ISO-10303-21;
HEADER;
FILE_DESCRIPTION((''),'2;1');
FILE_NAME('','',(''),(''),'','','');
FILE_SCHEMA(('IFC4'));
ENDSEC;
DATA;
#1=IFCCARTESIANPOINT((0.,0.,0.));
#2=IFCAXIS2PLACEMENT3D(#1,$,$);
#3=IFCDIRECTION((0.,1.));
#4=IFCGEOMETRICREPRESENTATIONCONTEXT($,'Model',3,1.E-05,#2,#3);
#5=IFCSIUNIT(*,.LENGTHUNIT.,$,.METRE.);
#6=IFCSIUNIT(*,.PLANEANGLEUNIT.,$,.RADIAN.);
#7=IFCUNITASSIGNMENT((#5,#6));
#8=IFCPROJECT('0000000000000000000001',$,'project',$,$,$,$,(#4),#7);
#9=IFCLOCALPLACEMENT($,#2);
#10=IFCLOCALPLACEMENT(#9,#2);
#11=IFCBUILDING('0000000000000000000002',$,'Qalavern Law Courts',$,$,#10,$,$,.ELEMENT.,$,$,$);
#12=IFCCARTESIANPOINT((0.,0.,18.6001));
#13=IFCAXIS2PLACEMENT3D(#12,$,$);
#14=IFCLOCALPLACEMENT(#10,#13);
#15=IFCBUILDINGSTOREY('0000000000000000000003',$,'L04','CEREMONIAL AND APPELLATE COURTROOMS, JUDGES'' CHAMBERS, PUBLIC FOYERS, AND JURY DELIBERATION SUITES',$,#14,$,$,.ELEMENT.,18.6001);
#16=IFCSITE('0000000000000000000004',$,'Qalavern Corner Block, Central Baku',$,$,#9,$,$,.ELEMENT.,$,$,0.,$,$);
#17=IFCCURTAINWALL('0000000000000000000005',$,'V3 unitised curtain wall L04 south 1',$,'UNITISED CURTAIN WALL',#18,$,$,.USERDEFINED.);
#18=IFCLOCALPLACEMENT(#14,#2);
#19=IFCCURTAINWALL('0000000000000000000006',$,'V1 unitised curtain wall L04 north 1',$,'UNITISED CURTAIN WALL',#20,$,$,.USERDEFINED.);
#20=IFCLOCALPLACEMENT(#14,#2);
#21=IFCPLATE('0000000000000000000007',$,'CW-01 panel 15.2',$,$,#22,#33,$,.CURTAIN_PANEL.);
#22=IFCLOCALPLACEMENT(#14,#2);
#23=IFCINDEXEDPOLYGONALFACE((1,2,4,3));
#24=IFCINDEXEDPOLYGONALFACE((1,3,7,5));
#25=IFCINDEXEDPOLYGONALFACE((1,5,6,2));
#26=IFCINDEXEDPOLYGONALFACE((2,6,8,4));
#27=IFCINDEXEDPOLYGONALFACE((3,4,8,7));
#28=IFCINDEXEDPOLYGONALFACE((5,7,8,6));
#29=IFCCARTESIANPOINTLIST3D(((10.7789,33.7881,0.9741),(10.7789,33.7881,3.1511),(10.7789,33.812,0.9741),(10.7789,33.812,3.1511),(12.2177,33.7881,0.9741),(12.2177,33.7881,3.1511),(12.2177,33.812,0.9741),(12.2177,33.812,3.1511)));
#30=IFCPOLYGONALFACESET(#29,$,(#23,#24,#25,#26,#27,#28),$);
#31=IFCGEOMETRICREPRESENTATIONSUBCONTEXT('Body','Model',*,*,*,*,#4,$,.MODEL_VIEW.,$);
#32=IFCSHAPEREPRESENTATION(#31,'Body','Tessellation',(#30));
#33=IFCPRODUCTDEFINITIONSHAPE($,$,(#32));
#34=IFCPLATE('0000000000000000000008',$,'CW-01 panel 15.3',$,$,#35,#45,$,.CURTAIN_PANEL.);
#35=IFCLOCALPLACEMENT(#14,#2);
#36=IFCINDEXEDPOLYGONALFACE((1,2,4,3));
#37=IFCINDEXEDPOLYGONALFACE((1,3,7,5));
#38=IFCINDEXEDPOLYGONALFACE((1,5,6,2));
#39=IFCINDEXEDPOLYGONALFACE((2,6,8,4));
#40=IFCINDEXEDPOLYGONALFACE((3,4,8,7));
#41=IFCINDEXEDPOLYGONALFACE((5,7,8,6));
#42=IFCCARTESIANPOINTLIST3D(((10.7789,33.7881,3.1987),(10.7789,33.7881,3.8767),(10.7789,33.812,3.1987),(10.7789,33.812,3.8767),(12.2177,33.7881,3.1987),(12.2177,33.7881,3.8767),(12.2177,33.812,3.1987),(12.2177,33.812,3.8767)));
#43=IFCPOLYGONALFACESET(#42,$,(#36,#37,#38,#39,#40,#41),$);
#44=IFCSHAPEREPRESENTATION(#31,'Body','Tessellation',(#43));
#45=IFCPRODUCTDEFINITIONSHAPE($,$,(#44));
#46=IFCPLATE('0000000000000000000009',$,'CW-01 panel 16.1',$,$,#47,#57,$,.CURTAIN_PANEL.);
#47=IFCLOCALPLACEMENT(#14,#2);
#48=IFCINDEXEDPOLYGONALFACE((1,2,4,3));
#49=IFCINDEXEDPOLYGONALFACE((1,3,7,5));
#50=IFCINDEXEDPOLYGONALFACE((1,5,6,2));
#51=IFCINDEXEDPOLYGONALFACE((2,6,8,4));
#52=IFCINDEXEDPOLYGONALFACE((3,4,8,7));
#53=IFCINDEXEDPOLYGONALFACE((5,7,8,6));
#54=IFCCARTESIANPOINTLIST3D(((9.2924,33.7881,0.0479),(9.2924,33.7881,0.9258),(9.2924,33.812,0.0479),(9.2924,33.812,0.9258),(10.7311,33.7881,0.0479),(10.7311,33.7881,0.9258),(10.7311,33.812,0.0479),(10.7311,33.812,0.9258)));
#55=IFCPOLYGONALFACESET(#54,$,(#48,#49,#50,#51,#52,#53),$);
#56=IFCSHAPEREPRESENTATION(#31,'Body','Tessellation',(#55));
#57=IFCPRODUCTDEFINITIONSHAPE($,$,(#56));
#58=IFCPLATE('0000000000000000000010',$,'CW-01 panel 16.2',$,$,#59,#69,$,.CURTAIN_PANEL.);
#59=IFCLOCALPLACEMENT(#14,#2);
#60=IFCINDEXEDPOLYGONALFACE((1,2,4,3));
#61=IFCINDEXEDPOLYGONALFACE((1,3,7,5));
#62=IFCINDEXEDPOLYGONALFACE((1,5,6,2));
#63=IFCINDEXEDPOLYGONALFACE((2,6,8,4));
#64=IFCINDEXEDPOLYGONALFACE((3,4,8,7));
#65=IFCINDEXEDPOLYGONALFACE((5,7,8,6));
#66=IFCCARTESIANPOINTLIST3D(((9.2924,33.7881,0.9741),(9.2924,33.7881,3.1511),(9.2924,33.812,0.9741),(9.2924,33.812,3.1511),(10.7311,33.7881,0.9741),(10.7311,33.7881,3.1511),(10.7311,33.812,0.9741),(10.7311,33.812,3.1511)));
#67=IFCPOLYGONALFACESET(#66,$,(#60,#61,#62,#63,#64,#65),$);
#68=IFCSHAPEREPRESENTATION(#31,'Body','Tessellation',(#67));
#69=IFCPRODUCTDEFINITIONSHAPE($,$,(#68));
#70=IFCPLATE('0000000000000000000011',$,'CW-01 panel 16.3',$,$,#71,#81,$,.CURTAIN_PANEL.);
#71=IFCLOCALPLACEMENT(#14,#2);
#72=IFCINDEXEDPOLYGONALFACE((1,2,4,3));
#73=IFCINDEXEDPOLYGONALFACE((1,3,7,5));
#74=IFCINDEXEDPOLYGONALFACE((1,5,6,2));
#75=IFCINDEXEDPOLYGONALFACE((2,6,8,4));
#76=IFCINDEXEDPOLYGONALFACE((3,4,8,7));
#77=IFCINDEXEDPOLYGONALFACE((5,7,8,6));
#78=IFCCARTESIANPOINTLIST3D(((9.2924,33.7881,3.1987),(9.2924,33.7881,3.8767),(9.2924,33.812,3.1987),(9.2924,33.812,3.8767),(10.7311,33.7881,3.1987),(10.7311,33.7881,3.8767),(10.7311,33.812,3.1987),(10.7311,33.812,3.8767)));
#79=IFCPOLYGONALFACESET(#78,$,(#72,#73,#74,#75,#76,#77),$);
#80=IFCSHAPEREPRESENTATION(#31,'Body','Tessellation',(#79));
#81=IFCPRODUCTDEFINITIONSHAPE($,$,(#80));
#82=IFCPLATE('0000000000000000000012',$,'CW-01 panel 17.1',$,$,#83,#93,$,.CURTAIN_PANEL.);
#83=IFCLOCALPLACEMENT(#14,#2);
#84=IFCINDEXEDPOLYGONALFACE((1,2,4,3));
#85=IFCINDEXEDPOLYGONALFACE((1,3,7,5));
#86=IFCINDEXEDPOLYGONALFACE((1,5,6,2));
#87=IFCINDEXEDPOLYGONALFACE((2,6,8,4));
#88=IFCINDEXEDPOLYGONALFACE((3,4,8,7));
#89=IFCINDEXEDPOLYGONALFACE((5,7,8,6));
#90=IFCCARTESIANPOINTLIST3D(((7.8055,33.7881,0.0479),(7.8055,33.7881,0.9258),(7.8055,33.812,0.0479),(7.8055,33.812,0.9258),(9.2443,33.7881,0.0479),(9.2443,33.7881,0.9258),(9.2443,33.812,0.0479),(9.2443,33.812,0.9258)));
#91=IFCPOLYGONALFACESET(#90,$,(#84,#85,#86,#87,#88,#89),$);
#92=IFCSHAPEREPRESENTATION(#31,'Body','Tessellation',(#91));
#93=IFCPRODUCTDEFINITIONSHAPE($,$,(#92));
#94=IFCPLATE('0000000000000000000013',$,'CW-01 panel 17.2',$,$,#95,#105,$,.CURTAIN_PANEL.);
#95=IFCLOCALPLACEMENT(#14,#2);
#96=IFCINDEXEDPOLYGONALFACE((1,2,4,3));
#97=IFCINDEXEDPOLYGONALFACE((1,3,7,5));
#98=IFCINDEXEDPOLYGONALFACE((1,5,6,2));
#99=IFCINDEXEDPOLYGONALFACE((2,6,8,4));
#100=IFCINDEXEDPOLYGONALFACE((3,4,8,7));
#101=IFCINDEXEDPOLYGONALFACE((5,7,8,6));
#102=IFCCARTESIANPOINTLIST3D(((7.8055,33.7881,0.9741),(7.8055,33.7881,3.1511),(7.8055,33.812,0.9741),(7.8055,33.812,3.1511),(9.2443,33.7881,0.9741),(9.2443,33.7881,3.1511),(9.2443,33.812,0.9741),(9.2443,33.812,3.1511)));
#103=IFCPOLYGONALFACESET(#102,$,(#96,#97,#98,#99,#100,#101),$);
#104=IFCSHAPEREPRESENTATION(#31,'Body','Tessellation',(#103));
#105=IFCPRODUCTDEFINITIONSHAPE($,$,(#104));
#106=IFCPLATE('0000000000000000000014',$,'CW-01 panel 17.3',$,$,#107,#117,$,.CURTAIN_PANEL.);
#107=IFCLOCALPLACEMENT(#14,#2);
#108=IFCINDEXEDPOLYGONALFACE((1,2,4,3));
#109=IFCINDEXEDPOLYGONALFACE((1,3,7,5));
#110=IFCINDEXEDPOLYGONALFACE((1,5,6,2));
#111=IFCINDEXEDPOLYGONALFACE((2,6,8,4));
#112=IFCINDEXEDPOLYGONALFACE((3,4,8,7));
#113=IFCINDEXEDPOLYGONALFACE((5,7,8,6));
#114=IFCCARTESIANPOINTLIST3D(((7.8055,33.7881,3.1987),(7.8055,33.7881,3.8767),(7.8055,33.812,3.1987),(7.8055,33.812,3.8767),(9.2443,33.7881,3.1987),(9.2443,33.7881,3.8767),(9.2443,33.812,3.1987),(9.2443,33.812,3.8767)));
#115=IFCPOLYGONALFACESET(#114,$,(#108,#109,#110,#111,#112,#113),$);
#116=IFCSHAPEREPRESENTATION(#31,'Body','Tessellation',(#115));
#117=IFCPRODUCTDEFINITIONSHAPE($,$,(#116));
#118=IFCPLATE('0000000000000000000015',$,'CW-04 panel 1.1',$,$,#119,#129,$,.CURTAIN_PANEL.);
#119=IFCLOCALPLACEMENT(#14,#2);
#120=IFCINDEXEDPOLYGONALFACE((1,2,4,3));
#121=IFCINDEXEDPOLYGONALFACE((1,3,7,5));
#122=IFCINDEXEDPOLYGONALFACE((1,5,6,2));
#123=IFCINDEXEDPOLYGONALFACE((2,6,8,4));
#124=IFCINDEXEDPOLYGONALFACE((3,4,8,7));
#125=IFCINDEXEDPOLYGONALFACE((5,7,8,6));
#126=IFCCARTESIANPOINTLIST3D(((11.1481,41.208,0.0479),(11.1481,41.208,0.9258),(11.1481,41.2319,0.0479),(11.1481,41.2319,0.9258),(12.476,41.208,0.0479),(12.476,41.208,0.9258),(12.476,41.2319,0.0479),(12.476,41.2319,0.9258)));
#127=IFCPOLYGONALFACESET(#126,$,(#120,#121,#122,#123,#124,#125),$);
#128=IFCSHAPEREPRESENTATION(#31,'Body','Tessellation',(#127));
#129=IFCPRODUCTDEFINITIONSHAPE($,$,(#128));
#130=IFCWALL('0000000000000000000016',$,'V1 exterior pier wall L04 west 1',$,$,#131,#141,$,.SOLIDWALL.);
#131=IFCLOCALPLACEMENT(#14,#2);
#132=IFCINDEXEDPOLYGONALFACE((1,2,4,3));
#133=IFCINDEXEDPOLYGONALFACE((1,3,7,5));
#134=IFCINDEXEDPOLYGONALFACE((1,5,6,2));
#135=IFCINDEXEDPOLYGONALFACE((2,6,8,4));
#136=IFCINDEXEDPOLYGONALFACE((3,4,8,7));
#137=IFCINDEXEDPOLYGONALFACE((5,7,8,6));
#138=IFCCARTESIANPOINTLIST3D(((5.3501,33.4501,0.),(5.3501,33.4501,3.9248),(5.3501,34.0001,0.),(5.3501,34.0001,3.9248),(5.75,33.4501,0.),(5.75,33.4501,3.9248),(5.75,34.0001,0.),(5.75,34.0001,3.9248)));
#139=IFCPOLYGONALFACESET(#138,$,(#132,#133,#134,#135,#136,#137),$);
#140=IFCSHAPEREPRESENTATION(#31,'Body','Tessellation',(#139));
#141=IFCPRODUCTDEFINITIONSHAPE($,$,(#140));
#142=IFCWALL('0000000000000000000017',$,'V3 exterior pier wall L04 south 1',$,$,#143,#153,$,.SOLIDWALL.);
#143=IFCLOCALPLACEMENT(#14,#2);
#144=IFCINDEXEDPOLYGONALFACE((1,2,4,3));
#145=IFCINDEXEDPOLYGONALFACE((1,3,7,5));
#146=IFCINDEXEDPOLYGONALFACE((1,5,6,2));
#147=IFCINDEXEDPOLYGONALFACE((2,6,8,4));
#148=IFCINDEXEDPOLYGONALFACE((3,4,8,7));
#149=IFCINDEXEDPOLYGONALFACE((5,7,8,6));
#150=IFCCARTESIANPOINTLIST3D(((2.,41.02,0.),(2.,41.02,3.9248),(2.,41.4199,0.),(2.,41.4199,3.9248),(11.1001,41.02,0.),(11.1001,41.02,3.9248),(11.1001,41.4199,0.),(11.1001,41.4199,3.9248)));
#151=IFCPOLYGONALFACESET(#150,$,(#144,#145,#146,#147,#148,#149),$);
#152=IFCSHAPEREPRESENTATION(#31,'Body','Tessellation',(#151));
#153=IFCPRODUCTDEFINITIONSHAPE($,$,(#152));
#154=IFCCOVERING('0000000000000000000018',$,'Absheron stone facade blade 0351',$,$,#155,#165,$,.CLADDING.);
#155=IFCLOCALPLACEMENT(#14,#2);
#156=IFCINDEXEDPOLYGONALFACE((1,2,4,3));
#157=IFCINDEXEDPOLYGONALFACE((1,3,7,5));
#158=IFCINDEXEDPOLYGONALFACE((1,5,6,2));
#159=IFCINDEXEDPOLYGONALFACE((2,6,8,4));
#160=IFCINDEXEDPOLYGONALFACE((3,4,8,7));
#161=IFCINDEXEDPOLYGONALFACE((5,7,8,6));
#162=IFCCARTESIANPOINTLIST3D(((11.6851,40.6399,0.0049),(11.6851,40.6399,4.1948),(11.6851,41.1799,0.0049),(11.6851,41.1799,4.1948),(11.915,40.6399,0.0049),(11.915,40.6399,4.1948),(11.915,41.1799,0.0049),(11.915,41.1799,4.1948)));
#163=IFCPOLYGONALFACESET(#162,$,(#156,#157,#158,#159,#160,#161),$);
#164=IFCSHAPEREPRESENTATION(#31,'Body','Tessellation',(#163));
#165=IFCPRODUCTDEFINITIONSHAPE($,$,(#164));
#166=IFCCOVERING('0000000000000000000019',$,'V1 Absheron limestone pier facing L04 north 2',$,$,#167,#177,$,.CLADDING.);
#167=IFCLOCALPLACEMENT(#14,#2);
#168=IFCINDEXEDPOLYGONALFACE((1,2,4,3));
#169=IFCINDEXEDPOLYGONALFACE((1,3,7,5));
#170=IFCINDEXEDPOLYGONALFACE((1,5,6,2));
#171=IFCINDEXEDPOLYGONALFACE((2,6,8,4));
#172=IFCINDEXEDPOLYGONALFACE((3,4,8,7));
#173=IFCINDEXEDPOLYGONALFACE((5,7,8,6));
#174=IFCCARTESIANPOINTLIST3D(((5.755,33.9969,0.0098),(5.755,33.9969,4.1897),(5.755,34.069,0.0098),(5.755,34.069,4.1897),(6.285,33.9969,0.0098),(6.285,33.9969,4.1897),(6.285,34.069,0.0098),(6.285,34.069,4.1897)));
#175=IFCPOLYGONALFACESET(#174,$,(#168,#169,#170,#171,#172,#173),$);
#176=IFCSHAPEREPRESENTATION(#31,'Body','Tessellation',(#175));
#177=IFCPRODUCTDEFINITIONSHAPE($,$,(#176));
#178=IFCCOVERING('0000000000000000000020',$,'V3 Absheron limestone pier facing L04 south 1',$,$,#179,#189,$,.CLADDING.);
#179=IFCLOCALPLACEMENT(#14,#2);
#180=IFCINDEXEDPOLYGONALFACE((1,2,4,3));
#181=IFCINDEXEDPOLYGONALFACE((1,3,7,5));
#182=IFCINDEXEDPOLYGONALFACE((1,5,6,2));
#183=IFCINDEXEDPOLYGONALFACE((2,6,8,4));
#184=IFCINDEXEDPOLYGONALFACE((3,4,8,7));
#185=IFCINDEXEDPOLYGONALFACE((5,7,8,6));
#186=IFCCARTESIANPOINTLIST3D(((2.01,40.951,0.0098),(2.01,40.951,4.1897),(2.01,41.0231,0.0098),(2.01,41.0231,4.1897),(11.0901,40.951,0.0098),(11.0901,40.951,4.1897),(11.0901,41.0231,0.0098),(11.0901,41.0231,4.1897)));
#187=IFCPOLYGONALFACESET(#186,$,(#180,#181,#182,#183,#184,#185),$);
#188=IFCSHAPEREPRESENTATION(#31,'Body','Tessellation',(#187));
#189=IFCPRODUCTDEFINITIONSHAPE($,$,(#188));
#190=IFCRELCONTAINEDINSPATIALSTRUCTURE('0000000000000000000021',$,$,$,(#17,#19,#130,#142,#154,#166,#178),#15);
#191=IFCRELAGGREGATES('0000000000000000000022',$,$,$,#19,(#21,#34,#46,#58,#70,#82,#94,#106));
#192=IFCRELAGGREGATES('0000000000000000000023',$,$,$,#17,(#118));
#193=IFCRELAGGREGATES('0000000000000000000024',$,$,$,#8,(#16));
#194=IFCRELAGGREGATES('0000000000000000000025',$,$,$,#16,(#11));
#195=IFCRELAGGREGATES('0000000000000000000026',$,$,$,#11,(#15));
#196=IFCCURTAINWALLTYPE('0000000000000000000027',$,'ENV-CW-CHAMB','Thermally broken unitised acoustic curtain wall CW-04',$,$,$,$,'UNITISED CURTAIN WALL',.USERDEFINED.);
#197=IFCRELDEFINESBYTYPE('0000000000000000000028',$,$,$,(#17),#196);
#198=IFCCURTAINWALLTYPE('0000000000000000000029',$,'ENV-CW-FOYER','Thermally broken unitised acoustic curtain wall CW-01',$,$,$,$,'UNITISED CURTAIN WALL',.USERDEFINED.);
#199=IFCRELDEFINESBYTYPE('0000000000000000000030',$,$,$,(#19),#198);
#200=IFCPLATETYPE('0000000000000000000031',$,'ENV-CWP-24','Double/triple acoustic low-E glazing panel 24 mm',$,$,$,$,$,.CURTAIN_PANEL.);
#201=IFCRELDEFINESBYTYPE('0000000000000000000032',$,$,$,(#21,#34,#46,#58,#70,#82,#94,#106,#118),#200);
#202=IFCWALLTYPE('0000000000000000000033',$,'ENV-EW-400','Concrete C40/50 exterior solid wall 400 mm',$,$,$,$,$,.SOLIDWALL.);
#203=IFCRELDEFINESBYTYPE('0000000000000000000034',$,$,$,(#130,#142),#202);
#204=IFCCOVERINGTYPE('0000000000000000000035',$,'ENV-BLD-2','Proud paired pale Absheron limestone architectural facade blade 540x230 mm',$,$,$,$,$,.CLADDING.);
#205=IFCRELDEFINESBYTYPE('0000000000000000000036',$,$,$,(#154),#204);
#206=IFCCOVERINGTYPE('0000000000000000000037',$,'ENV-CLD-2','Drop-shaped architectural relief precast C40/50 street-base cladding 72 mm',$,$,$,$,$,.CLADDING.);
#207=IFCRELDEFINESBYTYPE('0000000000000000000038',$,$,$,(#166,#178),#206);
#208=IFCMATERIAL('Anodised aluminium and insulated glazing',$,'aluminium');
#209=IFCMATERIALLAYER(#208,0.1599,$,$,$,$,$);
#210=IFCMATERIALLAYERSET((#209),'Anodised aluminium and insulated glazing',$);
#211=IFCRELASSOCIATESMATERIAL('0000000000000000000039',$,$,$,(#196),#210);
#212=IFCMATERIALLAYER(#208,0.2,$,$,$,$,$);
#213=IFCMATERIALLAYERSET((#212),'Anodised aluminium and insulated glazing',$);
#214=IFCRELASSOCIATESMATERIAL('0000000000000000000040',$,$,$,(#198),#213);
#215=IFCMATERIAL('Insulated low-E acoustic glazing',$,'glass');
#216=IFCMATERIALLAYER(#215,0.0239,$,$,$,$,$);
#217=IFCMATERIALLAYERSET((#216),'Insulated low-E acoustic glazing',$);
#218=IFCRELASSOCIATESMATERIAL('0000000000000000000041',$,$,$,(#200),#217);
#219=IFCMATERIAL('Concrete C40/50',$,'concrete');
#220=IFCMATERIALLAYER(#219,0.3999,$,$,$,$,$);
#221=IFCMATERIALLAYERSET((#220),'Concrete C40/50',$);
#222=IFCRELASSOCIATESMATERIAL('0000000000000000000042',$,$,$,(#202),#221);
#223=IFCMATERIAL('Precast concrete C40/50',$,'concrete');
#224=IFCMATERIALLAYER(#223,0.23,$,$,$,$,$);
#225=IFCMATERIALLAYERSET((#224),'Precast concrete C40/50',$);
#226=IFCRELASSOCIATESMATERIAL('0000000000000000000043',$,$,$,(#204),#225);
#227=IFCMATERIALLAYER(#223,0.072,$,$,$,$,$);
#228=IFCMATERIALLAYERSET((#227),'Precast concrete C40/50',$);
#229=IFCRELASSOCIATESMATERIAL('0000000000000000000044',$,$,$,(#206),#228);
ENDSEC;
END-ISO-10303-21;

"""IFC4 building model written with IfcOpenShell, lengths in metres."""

from ifc_helpers import new_model, si_unit, direction, frame, frame_2d, origin, origin_2d, place, context, subcontext, project, spatial, rectangle, extrude, material, layer, layer_set, type_object, element, aggregate, save


model = new_model("IFC4")

# Units and contexts
model_context = context("Model", 3, precision=1e-05, world=origin(), true_north=direction((0.0, 1.0)))
body_context = subcontext(model_context, "Body", "Model", "MODEL_VIEW")
ifc_project = project(units=[si_unit("LENGTHUNIT", "METRE"), si_unit("PLANEANGLEUNIT", "RADIAN")], contexts=[model_context])

# Site, building, storey
site_placement = place(None, origin())
site = spatial("IfcSite", under=ifc_project, at=site_placement, Name="Qalavern Corner Block, Central Baku", CompositionType="ELEMENT", RefElevation=0.0)
building_placement = place(site_placement, origin())
building = spatial("IfcBuilding", under=site, at=building_placement, Name="Qalavern Law Courts", CompositionType="ELEMENT")
storey_placement = place(building_placement, frame((0.0, 0.0, 18.6001)))
storey = spatial("IfcBuildingStorey", under=building, at=storey_placement, Name="L04", Description="CEREMONIAL AND APPELLATE COURTROOMS, JUDGES' CHAMBERS, PUBLIC FOYERS, AND JURY DELIBERATION SUITES", CompositionType="ELEMENT", Elevation=18.6001)

# Curtain wall
ifc_material_1 = material(Name="Anodised aluminium and insulated glazing", Category="aluminium")
ifc_layer_1 = layer(ifc_material_1, 0.1599)
ifc_layer_set_1 = layer_set([ifc_layer_1], Name="Anodised aluminium and insulated glazing")
curtain_wall_type_1 = type_object("IfcCurtainWallType", Name="ENV-CW-CHAMB", Description="Thermally broken unitised acoustic curtain wall CW-04", ElementType="UNITISED CURTAIN WALL", PredefinedType="USERDEFINED", material=ifc_layer_set_1)
curtain_wall_1_placement = place(storey_placement, origin())
curtain_wall_1 = element("IfcCurtainWall", 1, at=curtain_wall_1_placement, inside=storey, type_object=curtain_wall_type_1, Name="V3 unitised curtain wall L04 south 1", ObjectType="UNITISED CURTAIN WALL", PredefinedType="USERDEFINED")

# Curtain wall
ifc_layer_2 = layer(ifc_material_1, 0.2)
ifc_layer_set_2 = layer_set([ifc_layer_2], Name="Anodised aluminium and insulated glazing")
curtain_wall_type_2 = type_object("IfcCurtainWallType", Name="ENV-CW-FOYER", Description="Thermally broken unitised acoustic curtain wall CW-01", ElementType="UNITISED CURTAIN WALL", PredefinedType="USERDEFINED", material=ifc_layer_set_2)
curtain_wall_2_placement = place(storey_placement, origin())
curtain_wall_2 = element("IfcCurtainWall", 2, at=curtain_wall_2_placement, inside=storey, type_object=curtain_wall_type_2, Name="V1 unitised curtain wall L04 north 1", ObjectType="UNITISED CURTAIN WALL", PredefinedType="USERDEFINED")

# Plates
ifc_material_2 = material(Name="Insulated low-E acoustic glazing", Category="glass")
ifc_layer_3 = layer(ifc_material_2, 0.0239)
ifc_layer_set_3 = layer_set([ifc_layer_3], Name="Insulated low-E acoustic glazing")
plate_type = type_object("IfcPlateType", Name="ENV-CWP-24", Description="Double/triple acoustic low-E glazing panel 24 mm", PredefinedType="CURTAIN_PANEL", material=ifc_layer_set_3)
plate_1_placement = place(storey_placement, frame((11.4983, 33.8, 0.9741), z_axis=(0.0, 0.0, 1.0), x_axis=(-1.0, 0.0, 0.0)))
plate_1 = element("IfcPlate", 3, at=plate_1_placement, type_object=plate_type, Name="CW-01 panel 15.2", PredefinedType="CURTAIN_PANEL", context=body_context, shape_type="SweptSolid", body=[
    extrude(rectangle(XDim=1.4387, YDim=0.0239, at=origin_2d()), origin(), (0.0, 0.0, 1.0), 2.177),
])
plate_2_placement = place(storey_placement, frame((11.4983, 33.8, 3.1987), z_axis=(0.0, 0.0, 1.0), x_axis=(-1.0, 0.0, 0.0)))
plate_2 = element("IfcPlate", 4, at=plate_2_placement, type_object=plate_type, Name="CW-01 panel 15.3", PredefinedType="CURTAIN_PANEL", context=body_context, shape_type="SweptSolid", body=[
    extrude(rectangle(XDim=1.4387, YDim=0.0239, at=origin_2d()), origin(), (0.0, 0.0, 1.0), 0.678),
])
plate_3_placement = place(storey_placement, frame((10.0117, 33.8, 0.0479), z_axis=(0.0, 0.0, 1.0), x_axis=(-1.0, 0.0, 0.0)))
plate_3 = element("IfcPlate", 5, at=plate_3_placement, type_object=plate_type, Name="CW-01 panel 16.1", PredefinedType="CURTAIN_PANEL", context=body_context, shape_type="SweptSolid", body=[
    extrude(rectangle(XDim=1.4387, YDim=0.0239, at=origin_2d()), origin(), (0.0, 0.0, 1.0), 0.8779),
])
plate_4_placement = place(storey_placement, frame((10.0117, 33.8, 0.9741), z_axis=(0.0, 0.0, 1.0), x_axis=(-1.0, 0.0, 0.0)))
plate_4 = element("IfcPlate", 6, at=plate_4_placement, type_object=plate_type, Name="CW-01 panel 16.2", PredefinedType="CURTAIN_PANEL", context=body_context, shape_type="SweptSolid", body=[
    extrude(rectangle(XDim=1.4387, YDim=0.0239, at=origin_2d()), origin(), (0.0, 0.0, 1.0), 2.177),
])
plate_5_placement = place(storey_placement, frame((10.0117, 33.8, 3.1987), z_axis=(0.0, 0.0, 1.0), x_axis=(-1.0, 0.0, 0.0)))
plate_5 = element("IfcPlate", 7, at=plate_5_placement, type_object=plate_type, Name="CW-01 panel 16.3", PredefinedType="CURTAIN_PANEL", context=body_context, shape_type="SweptSolid", body=[
    extrude(rectangle(XDim=1.4387, YDim=0.0239, at=origin_2d()), origin(), (0.0, 0.0, 1.0), 0.678),
])
plate_6_placement = place(storey_placement, frame((8.5249, 33.8, 0.0479), z_axis=(0.0, 0.0, 1.0), x_axis=(-1.0, 0.0, 0.0)))
plate_6 = element("IfcPlate", 8, at=plate_6_placement, type_object=plate_type, Name="CW-01 panel 17.1", PredefinedType="CURTAIN_PANEL", context=body_context, shape_type="SweptSolid", body=[
    extrude(rectangle(XDim=1.4387, YDim=0.0239, at=origin_2d()), origin(), (0.0, 0.0, 1.0), 0.8779),
])
plate_7_placement = place(storey_placement, frame((8.5249, 33.8, 0.9741), z_axis=(0.0, 0.0, 1.0), x_axis=(-1.0, 0.0, 0.0)))
plate_7 = element("IfcPlate", 9, at=plate_7_placement, type_object=plate_type, Name="CW-01 panel 17.2", PredefinedType="CURTAIN_PANEL", context=body_context, shape_type="SweptSolid", body=[
    extrude(rectangle(XDim=1.4387, YDim=0.0239, at=origin_2d()), origin(), (0.0, 0.0, 1.0), 2.177),
])
plate_8_placement = place(storey_placement, frame((8.5249, 33.8, 3.1987), z_axis=(0.0, 0.0, 1.0), x_axis=(-1.0, 0.0, 0.0)))
plate_8 = element("IfcPlate", 10, at=plate_8_placement, type_object=plate_type, Name="CW-01 panel 17.3", PredefinedType="CURTAIN_PANEL", context=body_context, shape_type="SweptSolid", body=[
    extrude(rectangle(XDim=1.4387, YDim=0.0239, at=origin_2d()), origin(), (0.0, 0.0, 1.0), 0.678),
])
aggregate(curtain_wall_2, [plate_1, plate_2, plate_3, plate_4, plate_5, plate_6, plate_7, plate_8])
plate_9_placement = place(storey_placement, frame((11.812, 41.22, 0.0479), z_axis=(0.0, 0.0, 1.0), x_axis=(1.0, 0.0, 0.0)))
plate_9 = element("IfcPlate", 11, at=plate_9_placement, type_object=plate_type, Name="CW-04 panel 1.1", PredefinedType="CURTAIN_PANEL", context=body_context, shape_type="SweptSolid", body=[
    extrude(rectangle(XDim=1.3279, YDim=0.0239, at=origin_2d()), origin(), (0.0, 0.0, 1.0), 0.8779),
])
aggregate(curtain_wall_1, [plate_9])

# Walls
ifc_material_3 = material(Name="Concrete C40/50", Category="concrete")
ifc_layer_4 = layer(ifc_material_3, 0.3999)
ifc_layer_set_4 = layer_set([ifc_layer_4], Name="Concrete C40/50")
wall_type = type_object("IfcWallType", Name="ENV-EW-400", Description="Concrete C40/50 exterior solid wall 400 mm", PredefinedType="SOLIDWALL", material=ifc_layer_set_4)
wall_1_placement = place(storey_placement, frame((5.55, 34.0, 0.0), z_axis=(0.0, 0.0, 1.0), x_axis=(0.0, -1.0, 0.0)))
element("IfcWall", 12, at=wall_1_placement, inside=storey, type_object=wall_type, Name="V1 exterior pier wall L04 west 1", PredefinedType="SOLIDWALL", context=body_context, shape_type="SweptSolid", body=[
    extrude(rectangle(XDim=0.55, YDim=0.3999, at=frame_2d((0.2749, 0.0))), origin(), (0.0, 0.0, 1.0), 3.9248),
])
wall_2_placement = place(storey_placement, frame((2.0, 41.22, 0.0), z_axis=(0.0, 0.0, 1.0), x_axis=(1.0, 0.0, 0.0)))
element("IfcWall", 13, at=wall_2_placement, inside=storey, type_object=wall_type, Name="V3 exterior pier wall L04 south 1", PredefinedType="SOLIDWALL", context=body_context, shape_type="SweptSolid", body=[
    extrude(rectangle(XDim=9.1001, YDim=0.3999, at=frame_2d((4.55, 0.0))), origin(), (0.0, 0.0, 1.0), 3.9248),
])

# Coverings
ifc_material_4 = material(Name="Precast concrete C40/50", Category="concrete")
ifc_layer_5 = layer(ifc_material_4, 0.23)
ifc_layer_set_5 = layer_set([ifc_layer_5], Name="Precast concrete C40/50")
covering_type_1 = type_object("IfcCoveringType", Name="ENV-BLD-2", Description="Proud paired pale Absheron limestone architectural facade blade 540x230 mm", PredefinedType="CLADDING", material=ifc_layer_set_5)
covering_1_placement = place(storey_placement, frame((11.8, 40.9099, 0.0049), z_axis=(0.0, 0.0, 1.0), x_axis=(0.0, -1.0, 0.0)))
element("IfcCovering", 14, at=covering_1_placement, inside=storey, type_object=covering_type_1, Name="Absheron stone facade blade 0351", PredefinedType="CLADDING", context=body_context, shape_type="SweptSolid", body=[
    extrude(rectangle(XDim=0.54, YDim=0.23, at=origin_2d()), origin(), (0.0, 0.0, 1.0), 4.1899),
])
ifc_layer_6 = layer(ifc_material_4, 0.072)
ifc_layer_set_6 = layer_set([ifc_layer_6], Name="Precast concrete C40/50")
covering_type_2 = type_object("IfcCoveringType", Name="ENV-CLD-2", Description="Drop-shaped architectural relief precast C40/50 street-base cladding 72 mm", PredefinedType="CLADDING", material=ifc_layer_set_6)
covering_2_placement = place(storey_placement, frame((6.02, 34.033, 0.0098), z_axis=(0.0, 0.0, 1.0), x_axis=(-1.0, 0.0, 0.0)))
element("IfcCovering", 15, at=covering_2_placement, inside=storey, type_object=covering_type_2, Name="V1 Absheron limestone pier facing L04 north 2", PredefinedType="CLADDING", context=body_context, shape_type="SweptSolid", body=[
    extrude(rectangle(XDim=0.53, YDim=0.072, at=origin_2d()), origin(), (0.0, 0.0, 1.0), 4.1799),
])
covering_3_placement = place(storey_placement, frame((6.55, 40.9871, 0.0098), z_axis=(0.0, 0.0, 1.0), x_axis=(1.0, 0.0, 0.0)))
element("IfcCovering", 16, at=covering_3_placement, inside=storey, type_object=covering_type_2, Name="V3 Absheron limestone pier facing L04 south 1", PredefinedType="CLADDING", context=body_context, shape_type="SweptSolid", body=[
    extrude(rectangle(XDim=9.0801, YDim=0.072, at=origin_2d()), origin(), (0.0, 0.0, 1.0), 4.1799),
])

save(model, "model.ifc")
